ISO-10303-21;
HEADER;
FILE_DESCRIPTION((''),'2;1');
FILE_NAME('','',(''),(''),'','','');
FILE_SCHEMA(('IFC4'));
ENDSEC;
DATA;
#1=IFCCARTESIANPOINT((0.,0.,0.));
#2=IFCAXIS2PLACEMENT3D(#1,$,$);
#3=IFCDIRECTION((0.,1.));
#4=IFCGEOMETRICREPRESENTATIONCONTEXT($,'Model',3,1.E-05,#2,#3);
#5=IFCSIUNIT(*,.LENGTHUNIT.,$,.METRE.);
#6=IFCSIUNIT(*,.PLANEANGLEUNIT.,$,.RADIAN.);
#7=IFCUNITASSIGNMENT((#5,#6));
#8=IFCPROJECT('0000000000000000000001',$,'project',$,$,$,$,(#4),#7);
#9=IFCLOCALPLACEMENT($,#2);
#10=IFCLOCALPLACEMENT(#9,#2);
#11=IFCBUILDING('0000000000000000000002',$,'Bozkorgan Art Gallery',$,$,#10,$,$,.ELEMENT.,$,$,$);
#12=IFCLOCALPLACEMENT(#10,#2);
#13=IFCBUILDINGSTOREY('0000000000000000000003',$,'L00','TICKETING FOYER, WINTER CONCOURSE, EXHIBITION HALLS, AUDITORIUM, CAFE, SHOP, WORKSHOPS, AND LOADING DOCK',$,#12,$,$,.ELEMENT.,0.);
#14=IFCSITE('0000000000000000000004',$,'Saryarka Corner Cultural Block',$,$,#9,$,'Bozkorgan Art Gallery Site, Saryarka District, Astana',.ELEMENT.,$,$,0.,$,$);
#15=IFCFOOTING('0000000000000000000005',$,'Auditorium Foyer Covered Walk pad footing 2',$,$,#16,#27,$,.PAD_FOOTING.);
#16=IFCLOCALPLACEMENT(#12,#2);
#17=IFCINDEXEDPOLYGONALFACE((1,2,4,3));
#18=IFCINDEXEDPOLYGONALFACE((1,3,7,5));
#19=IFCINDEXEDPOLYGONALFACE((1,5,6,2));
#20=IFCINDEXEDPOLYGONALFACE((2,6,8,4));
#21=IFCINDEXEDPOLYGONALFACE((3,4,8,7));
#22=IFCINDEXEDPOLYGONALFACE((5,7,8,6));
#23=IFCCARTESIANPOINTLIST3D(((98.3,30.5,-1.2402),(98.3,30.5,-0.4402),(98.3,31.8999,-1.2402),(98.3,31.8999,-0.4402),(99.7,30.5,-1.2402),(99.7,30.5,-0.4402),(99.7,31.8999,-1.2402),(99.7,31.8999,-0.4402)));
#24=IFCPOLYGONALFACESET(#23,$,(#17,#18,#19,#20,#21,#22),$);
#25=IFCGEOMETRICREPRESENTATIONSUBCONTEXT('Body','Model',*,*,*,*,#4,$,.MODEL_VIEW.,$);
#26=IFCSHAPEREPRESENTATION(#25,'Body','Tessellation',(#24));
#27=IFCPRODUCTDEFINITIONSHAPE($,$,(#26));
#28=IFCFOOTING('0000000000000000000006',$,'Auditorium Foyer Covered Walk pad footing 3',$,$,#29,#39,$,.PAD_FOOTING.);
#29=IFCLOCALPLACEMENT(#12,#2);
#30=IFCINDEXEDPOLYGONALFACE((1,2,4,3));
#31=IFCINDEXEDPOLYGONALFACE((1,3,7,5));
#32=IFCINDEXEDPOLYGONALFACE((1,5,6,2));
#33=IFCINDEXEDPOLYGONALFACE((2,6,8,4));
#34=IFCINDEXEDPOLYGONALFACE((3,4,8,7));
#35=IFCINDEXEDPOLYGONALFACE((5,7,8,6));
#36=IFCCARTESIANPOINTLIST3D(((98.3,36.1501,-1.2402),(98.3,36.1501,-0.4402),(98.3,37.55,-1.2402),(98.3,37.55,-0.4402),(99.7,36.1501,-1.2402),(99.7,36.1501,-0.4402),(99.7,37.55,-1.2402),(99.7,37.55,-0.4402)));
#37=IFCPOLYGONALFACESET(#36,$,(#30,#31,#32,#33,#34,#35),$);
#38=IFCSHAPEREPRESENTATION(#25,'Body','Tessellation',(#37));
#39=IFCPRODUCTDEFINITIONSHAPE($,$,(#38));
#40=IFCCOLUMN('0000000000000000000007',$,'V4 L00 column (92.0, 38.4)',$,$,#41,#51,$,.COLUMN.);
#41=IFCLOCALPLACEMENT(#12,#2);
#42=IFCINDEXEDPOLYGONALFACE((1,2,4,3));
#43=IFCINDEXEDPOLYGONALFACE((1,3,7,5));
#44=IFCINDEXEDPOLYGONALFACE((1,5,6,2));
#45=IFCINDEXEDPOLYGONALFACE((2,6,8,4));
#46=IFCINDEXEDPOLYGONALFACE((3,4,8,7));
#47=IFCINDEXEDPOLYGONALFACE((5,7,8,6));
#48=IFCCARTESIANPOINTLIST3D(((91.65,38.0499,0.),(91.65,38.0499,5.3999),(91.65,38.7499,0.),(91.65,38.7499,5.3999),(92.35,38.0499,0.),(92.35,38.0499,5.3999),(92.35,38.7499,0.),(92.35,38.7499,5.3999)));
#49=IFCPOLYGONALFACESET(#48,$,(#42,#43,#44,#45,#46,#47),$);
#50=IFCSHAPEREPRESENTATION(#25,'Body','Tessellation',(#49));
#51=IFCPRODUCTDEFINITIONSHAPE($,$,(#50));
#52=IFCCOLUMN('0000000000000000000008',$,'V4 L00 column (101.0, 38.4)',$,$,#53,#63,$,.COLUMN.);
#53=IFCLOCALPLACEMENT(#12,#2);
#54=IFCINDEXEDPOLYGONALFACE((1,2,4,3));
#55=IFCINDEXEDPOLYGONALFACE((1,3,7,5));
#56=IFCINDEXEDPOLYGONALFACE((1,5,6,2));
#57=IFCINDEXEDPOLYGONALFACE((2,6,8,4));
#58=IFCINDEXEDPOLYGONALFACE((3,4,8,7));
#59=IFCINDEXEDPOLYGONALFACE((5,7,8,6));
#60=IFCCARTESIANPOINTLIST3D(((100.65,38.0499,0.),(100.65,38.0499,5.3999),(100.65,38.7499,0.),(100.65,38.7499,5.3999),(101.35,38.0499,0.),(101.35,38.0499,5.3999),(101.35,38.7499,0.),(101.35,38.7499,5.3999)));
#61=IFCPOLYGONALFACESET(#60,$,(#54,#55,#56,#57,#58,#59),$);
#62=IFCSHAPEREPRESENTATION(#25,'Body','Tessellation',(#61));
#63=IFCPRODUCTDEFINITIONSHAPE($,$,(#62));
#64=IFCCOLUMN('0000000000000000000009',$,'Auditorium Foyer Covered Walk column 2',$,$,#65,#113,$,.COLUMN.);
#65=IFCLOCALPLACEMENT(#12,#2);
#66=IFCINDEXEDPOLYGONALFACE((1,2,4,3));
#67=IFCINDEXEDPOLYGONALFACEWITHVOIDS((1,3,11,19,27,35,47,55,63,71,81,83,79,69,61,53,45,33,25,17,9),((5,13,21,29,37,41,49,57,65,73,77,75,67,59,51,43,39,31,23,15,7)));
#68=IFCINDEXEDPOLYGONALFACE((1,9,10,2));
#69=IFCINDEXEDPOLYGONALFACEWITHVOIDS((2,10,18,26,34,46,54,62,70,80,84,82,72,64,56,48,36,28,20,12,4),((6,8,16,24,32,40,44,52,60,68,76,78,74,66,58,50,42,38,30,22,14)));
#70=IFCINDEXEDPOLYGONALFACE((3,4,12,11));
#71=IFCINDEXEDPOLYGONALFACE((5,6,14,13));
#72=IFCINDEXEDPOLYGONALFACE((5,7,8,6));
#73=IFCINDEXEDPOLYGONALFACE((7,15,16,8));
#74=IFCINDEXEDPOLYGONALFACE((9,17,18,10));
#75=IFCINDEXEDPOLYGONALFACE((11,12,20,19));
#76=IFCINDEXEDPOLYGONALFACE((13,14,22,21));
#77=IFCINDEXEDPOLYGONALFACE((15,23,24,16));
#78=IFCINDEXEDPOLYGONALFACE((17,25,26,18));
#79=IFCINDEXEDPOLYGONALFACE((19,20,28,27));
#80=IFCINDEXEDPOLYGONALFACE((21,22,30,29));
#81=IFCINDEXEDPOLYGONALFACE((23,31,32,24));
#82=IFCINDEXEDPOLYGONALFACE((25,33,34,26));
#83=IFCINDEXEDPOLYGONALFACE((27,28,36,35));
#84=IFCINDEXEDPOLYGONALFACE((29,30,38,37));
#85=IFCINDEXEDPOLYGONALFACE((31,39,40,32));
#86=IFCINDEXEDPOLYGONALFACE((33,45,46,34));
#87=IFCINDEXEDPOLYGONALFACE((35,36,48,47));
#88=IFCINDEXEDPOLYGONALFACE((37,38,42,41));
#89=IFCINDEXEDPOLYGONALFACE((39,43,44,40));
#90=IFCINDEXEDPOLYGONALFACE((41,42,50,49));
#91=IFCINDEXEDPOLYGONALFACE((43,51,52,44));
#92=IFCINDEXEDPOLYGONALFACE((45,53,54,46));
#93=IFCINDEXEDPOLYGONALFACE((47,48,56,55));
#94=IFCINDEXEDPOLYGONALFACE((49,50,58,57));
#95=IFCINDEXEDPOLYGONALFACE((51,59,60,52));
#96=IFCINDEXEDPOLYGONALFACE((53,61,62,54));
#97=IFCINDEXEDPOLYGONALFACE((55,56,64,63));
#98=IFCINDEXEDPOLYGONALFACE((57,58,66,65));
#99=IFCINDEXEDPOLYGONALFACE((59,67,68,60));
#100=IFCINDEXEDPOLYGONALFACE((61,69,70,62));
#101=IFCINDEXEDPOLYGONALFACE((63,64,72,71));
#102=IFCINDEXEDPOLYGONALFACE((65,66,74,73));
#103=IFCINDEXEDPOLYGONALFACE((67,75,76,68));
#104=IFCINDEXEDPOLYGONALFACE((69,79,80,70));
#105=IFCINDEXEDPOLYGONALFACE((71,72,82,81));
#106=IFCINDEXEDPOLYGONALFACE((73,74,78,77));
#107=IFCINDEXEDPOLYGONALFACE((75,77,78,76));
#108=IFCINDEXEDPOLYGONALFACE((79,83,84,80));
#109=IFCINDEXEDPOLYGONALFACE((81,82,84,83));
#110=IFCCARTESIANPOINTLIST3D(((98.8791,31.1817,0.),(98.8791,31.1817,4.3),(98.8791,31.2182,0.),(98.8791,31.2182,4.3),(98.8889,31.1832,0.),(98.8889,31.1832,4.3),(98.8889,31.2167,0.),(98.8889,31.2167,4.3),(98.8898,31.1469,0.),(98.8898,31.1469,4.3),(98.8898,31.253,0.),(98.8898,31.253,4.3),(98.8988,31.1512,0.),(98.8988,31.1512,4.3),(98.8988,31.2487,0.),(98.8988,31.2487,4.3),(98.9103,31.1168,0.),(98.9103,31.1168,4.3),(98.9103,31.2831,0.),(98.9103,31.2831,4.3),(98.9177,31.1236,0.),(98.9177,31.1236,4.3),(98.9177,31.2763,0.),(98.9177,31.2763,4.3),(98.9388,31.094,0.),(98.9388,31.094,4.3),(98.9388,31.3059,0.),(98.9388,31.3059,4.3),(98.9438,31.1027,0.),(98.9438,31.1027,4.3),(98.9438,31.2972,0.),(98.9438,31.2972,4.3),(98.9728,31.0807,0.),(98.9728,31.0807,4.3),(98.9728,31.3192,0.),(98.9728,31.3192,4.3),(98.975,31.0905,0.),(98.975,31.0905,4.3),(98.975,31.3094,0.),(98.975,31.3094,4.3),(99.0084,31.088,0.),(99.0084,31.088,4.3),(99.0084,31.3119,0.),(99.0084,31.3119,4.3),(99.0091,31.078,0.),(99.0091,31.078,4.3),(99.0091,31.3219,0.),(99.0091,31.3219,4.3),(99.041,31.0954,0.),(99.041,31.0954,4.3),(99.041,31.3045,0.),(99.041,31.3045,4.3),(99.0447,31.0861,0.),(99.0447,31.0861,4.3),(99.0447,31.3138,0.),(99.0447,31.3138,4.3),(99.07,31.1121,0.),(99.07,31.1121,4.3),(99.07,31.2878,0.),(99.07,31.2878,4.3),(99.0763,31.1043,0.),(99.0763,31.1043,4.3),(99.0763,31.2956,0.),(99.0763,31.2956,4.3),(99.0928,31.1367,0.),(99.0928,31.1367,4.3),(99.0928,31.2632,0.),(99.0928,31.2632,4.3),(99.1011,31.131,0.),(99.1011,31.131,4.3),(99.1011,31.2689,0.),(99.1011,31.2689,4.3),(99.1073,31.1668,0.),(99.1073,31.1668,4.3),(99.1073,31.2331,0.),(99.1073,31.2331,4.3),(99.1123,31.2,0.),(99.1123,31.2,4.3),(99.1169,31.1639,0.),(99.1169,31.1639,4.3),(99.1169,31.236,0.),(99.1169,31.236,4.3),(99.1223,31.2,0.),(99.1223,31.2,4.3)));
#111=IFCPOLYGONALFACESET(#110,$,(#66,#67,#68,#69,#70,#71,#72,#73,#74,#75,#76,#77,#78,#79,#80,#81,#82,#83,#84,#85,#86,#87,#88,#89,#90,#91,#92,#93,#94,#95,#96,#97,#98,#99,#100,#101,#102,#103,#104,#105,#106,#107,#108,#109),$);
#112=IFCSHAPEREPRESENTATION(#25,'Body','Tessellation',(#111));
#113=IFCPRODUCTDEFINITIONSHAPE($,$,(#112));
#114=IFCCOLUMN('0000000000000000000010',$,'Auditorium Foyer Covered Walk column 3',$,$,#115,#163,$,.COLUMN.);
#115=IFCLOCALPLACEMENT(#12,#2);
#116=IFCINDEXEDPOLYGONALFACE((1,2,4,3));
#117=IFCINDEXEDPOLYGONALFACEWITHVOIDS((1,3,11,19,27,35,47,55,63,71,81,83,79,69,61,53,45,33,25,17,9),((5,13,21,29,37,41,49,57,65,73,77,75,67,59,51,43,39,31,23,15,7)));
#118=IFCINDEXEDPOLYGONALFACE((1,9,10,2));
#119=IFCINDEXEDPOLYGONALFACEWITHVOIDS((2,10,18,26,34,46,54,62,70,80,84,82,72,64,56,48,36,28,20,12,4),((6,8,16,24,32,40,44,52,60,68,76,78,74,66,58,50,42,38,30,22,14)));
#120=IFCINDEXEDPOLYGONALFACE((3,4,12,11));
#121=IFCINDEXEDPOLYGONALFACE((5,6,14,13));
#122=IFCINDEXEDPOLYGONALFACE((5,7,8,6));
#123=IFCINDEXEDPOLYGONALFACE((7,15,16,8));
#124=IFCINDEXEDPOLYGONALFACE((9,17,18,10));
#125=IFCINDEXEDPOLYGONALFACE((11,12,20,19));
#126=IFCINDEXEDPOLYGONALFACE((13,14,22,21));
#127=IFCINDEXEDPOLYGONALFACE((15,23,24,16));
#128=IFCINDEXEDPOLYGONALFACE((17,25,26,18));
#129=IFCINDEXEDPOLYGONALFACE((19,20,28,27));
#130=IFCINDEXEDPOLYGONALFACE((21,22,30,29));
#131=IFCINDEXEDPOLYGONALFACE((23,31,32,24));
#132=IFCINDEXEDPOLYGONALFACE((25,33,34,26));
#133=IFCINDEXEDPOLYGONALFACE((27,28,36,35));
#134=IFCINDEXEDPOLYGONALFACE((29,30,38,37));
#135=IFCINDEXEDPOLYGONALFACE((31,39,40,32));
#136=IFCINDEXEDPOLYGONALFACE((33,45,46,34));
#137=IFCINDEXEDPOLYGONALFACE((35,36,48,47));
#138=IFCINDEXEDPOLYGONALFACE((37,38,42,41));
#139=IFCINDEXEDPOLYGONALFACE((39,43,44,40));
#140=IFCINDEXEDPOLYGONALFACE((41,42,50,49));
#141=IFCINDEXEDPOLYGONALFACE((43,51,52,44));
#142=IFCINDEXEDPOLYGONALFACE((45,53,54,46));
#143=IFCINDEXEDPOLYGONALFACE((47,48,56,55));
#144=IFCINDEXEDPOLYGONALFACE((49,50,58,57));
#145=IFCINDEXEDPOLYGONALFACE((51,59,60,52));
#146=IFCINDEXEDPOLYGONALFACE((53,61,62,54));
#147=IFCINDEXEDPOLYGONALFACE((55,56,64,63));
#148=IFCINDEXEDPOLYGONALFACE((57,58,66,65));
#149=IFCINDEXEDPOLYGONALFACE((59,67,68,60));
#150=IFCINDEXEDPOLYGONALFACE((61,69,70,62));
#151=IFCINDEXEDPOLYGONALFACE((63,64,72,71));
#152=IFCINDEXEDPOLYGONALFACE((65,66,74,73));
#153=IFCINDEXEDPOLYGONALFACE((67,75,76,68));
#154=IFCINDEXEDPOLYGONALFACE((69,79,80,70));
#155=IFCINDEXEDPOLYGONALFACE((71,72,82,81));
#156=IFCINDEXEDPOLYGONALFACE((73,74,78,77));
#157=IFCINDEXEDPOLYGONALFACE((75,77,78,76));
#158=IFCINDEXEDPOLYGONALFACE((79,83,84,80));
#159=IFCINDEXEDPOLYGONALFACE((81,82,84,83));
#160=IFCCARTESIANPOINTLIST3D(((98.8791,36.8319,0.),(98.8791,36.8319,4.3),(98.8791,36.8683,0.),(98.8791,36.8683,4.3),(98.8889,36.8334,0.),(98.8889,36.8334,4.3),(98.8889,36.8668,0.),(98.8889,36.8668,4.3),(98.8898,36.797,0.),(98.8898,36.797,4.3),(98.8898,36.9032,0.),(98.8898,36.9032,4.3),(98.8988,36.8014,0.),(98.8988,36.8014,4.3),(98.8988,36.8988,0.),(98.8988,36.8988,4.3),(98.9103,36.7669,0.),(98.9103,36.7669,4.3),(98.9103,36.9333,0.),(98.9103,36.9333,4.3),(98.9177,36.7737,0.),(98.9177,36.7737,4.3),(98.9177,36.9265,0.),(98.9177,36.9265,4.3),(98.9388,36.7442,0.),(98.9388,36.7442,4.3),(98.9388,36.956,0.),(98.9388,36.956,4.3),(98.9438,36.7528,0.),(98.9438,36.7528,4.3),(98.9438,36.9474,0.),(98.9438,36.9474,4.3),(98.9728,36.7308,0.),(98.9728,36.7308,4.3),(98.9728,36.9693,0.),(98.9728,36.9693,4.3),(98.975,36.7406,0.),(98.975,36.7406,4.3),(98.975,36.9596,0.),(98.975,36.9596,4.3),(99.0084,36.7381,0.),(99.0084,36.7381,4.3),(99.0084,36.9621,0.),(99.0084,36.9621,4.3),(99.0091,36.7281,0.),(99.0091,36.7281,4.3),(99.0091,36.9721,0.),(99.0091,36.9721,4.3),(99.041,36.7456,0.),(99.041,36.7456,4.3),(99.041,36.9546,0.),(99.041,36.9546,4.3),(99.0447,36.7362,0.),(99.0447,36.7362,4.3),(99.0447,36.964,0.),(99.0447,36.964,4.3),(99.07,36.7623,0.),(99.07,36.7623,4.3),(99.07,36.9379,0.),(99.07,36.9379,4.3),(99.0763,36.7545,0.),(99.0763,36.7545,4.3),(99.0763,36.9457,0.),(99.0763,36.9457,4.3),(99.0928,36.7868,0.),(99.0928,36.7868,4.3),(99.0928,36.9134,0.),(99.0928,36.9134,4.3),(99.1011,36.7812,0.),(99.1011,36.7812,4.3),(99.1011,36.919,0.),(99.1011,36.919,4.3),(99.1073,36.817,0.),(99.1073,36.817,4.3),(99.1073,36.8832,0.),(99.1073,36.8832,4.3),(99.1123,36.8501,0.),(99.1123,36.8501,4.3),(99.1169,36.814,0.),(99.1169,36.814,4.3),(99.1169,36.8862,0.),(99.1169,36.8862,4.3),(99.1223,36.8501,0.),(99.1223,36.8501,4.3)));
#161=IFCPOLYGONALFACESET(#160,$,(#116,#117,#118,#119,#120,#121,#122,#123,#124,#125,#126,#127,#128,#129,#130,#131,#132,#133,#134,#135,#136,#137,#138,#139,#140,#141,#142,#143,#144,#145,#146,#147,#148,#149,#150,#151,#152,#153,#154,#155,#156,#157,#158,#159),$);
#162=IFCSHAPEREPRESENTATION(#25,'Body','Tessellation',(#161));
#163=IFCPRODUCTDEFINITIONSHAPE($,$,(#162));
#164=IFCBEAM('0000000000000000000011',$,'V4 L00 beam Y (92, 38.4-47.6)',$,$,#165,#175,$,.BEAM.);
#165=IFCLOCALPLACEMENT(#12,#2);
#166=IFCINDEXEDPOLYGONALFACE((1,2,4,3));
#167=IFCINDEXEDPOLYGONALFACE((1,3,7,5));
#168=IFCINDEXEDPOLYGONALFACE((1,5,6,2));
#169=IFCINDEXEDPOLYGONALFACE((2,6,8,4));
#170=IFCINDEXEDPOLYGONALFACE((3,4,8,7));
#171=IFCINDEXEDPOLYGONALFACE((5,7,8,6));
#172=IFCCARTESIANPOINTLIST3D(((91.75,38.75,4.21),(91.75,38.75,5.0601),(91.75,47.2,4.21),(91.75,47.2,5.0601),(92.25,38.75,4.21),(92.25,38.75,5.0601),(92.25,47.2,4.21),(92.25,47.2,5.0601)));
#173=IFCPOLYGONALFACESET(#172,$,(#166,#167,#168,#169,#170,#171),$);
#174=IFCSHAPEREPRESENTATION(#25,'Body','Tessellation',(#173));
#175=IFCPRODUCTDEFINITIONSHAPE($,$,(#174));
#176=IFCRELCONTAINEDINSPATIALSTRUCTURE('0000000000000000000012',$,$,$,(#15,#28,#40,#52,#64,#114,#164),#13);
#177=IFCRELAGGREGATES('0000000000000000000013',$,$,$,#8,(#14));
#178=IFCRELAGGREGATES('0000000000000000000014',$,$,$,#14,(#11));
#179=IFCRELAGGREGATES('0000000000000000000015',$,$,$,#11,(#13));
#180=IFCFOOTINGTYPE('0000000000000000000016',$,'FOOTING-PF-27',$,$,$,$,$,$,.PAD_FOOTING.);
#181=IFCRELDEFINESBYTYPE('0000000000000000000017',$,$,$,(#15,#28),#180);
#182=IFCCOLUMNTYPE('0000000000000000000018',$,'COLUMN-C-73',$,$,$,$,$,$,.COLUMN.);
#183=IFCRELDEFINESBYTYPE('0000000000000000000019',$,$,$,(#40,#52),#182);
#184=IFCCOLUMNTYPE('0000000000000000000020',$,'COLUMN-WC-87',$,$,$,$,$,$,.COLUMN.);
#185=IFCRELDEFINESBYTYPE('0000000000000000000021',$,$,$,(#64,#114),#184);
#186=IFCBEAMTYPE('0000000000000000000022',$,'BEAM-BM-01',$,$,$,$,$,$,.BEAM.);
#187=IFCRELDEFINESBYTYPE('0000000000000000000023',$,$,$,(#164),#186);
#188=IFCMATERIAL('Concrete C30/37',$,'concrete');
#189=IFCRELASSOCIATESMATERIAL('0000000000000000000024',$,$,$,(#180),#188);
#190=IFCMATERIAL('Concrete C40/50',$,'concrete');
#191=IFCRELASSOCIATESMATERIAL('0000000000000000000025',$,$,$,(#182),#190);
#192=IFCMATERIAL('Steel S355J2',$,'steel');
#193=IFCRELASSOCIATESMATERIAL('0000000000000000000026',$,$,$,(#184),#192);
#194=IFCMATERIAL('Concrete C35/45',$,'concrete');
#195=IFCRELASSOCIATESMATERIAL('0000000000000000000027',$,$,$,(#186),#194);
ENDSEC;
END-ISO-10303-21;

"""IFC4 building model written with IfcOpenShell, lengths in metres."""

from ifc_helpers import new_model, si_unit, direction, frame, origin, origin_2d, place, context, subcontext, project, spatial, rectangle, hollow_circle, extrude, material, material_profile, profile_set, type_object, element, save


model = new_model("IFC4")

# Units and contexts
model_context = context("Model", 3, precision=1e-05, world=origin(), true_north=direction((0.0, 1.0)))
body_context = subcontext(model_context, "Body", "Model", "MODEL_VIEW")
ifc_project = project(units=[si_unit("LENGTHUNIT", "METRE"), si_unit("PLANEANGLEUNIT", "RADIAN")], contexts=[model_context])

# Site, building, storey
site_placement = place(None, origin())
site = spatial("IfcSite", under=ifc_project, at=site_placement, Name="Saryarka Corner Cultural Block", LongName="Bozkorgan Art Gallery Site, Saryarka District, Astana", CompositionType="ELEMENT", RefElevation=0.0)
building_placement = place(site_placement, origin())
building = spatial("IfcBuilding", under=site, at=building_placement, Name="Bozkorgan Art Gallery", CompositionType="ELEMENT")
storey_placement = place(building_placement, origin())
storey = spatial("IfcBuildingStorey", under=building, at=storey_placement, Name="L00", Description="TICKETING FOYER, WINTER CONCOURSE, EXHIBITION HALLS, AUDITORIUM, CAFE, SHOP, WORKSHOPS, AND LOADING DOCK", CompositionType="ELEMENT", Elevation=0.0)

# Footings
ifc_material_1 = material(Name="Concrete C30/37", Category="concrete")
footing_type = type_object("IfcFootingType", Name="FOOTING-PF-27", PredefinedType="PAD_FOOTING", material=ifc_material_1)
for number, where, z_axis, x_axis, name in (
    (1, (99.0, 31.2, -1.2402), (0.0, 0.0, 1.0), (1.0, 0.0, 0.0), "Auditorium Foyer Covered Walk pad footing 2"),
    (2, (99.0, 36.8501, -1.2402), (0.0, 0.0, 1.0), (1.0, 0.0, 0.0), "Auditorium Foyer Covered Walk pad footing 3"),
):
    element("IfcFooting", number, at=place(storey_placement, frame(where, z_axis=z_axis, x_axis=x_axis)), inside=storey, type_object=footing_type, Name=name, PredefinedType="PAD_FOOTING", context=body_context, shape_type="SweptSolid", body=[
        extrude(rectangle(XDim=1.3999, YDim=1.3999, at=origin_2d()), origin(), (0.0, 0.0, 1.0), 0.8),
    ])

# Columns
ifc_material_2 = material(Name="Concrete C40/50", Category="concrete")
ifc_material_profile_1 = material_profile(ifc_material_2, rectangle(XDim=0.7, YDim=0.7, at=origin_2d()), Name="RC 700x700")
ifc_profile_set_1 = profile_set([ifc_material_profile_1], Name="Concrete C40/50")
column_type_1 = type_object("IfcColumnType", Name="COLUMN-C-73", PredefinedType="COLUMN", material=ifc_profile_set_1)
for number, where, z_axis, x_axis, name in (
    (3, (92.0, 38.3999, 0.0), (0.0, 0.0, 1.0), (1.0, 0.0, 0.0), "V4 L00 column (92.0, 38.4)"),
    (4, (101.0, 38.3999, 0.0), (0.0, 0.0, 1.0), (1.0, 0.0, 0.0), "V4 L00 column (101.0, 38.4)"),
):
    element("IfcColumn", number, at=place(storey_placement, frame(where, z_axis=z_axis, x_axis=x_axis)), inside=storey, type_object=column_type_1, Name=name, PredefinedType="COLUMN", context=body_context, shape_type="SweptSolid", body=[
        extrude(rectangle(XDim=0.7, YDim=0.7, at=origin_2d()), origin(), (0.0, 0.0, 1.0), 5.3999),
    ])
ifc_material_3 = material(Name="Steel S355J2", Category="steel")
ifc_material_profile_2 = material_profile(ifc_material_3, hollow_circle(Radius=0.1223, WallThickness=0.01, at=origin_2d()), Name="CHS 244.5x10")
ifc_profile_set_2 = profile_set([ifc_material_profile_2], Name="Steel S355J2")
column_type_2 = type_object("IfcColumnType", Name="COLUMN-WC-87", PredefinedType="COLUMN", material=ifc_profile_set_2)
for number, where, z_axis, x_axis, name in (
    (5, (99.0, 31.2, 0.0), (0.0, 0.0, 1.0), (1.0, 0.0, 0.0), "Auditorium Foyer Covered Walk column 2"),
    (6, (99.0, 36.8501, 0.0), (0.0, 0.0, 1.0), (1.0, 0.0, 0.0), "Auditorium Foyer Covered Walk column 3"),
):
    element("IfcColumn", number, at=place(storey_placement, frame(where, z_axis=z_axis, x_axis=x_axis)), inside=storey, type_object=column_type_2, Name=name, PredefinedType="COLUMN", context=body_context, shape_type="SweptSolid", body=[
        extrude(hollow_circle(Radius=0.1223, WallThickness=0.01, at=origin_2d()), origin(), (0.0, 0.0, 1.0), 4.3),
    ])

# Beam
ifc_material_4 = material(Name="Concrete C35/45", Category="concrete")
ifc_material_profile_3 = material_profile(ifc_material_4, rectangle(XDim=0.5, YDim=0.8501, at=origin_2d()), Name="RC 500x850")
ifc_profile_set_3 = profile_set([ifc_material_profile_3], Name="Concrete C35/45")
beam_type_1 = type_object("IfcBeamType", Name="BEAM-BM-01", PredefinedType="BEAM", material=ifc_profile_set_3)
beam_1_placement = place(storey_placement, frame((92.0, 38.75, 4.635), z_axis=(0.0, 1.0, 0.0), x_axis=(-1.0, 0.0, 0.0)))
element("IfcBeam", 7, at=beam_1_placement, inside=storey, type_object=beam_type_1, Name="V4 L00 beam Y (92, 38.4-47.6)", PredefinedType="BEAM", context=body_context, shape_type="SweptSolid", body=[
    extrude(rectangle(XDim=0.5, YDim=0.8501, at=origin_2d()), origin(), (0.0, 0.0, 1.0), 8.45),
])

save(model, "model.ifc")
